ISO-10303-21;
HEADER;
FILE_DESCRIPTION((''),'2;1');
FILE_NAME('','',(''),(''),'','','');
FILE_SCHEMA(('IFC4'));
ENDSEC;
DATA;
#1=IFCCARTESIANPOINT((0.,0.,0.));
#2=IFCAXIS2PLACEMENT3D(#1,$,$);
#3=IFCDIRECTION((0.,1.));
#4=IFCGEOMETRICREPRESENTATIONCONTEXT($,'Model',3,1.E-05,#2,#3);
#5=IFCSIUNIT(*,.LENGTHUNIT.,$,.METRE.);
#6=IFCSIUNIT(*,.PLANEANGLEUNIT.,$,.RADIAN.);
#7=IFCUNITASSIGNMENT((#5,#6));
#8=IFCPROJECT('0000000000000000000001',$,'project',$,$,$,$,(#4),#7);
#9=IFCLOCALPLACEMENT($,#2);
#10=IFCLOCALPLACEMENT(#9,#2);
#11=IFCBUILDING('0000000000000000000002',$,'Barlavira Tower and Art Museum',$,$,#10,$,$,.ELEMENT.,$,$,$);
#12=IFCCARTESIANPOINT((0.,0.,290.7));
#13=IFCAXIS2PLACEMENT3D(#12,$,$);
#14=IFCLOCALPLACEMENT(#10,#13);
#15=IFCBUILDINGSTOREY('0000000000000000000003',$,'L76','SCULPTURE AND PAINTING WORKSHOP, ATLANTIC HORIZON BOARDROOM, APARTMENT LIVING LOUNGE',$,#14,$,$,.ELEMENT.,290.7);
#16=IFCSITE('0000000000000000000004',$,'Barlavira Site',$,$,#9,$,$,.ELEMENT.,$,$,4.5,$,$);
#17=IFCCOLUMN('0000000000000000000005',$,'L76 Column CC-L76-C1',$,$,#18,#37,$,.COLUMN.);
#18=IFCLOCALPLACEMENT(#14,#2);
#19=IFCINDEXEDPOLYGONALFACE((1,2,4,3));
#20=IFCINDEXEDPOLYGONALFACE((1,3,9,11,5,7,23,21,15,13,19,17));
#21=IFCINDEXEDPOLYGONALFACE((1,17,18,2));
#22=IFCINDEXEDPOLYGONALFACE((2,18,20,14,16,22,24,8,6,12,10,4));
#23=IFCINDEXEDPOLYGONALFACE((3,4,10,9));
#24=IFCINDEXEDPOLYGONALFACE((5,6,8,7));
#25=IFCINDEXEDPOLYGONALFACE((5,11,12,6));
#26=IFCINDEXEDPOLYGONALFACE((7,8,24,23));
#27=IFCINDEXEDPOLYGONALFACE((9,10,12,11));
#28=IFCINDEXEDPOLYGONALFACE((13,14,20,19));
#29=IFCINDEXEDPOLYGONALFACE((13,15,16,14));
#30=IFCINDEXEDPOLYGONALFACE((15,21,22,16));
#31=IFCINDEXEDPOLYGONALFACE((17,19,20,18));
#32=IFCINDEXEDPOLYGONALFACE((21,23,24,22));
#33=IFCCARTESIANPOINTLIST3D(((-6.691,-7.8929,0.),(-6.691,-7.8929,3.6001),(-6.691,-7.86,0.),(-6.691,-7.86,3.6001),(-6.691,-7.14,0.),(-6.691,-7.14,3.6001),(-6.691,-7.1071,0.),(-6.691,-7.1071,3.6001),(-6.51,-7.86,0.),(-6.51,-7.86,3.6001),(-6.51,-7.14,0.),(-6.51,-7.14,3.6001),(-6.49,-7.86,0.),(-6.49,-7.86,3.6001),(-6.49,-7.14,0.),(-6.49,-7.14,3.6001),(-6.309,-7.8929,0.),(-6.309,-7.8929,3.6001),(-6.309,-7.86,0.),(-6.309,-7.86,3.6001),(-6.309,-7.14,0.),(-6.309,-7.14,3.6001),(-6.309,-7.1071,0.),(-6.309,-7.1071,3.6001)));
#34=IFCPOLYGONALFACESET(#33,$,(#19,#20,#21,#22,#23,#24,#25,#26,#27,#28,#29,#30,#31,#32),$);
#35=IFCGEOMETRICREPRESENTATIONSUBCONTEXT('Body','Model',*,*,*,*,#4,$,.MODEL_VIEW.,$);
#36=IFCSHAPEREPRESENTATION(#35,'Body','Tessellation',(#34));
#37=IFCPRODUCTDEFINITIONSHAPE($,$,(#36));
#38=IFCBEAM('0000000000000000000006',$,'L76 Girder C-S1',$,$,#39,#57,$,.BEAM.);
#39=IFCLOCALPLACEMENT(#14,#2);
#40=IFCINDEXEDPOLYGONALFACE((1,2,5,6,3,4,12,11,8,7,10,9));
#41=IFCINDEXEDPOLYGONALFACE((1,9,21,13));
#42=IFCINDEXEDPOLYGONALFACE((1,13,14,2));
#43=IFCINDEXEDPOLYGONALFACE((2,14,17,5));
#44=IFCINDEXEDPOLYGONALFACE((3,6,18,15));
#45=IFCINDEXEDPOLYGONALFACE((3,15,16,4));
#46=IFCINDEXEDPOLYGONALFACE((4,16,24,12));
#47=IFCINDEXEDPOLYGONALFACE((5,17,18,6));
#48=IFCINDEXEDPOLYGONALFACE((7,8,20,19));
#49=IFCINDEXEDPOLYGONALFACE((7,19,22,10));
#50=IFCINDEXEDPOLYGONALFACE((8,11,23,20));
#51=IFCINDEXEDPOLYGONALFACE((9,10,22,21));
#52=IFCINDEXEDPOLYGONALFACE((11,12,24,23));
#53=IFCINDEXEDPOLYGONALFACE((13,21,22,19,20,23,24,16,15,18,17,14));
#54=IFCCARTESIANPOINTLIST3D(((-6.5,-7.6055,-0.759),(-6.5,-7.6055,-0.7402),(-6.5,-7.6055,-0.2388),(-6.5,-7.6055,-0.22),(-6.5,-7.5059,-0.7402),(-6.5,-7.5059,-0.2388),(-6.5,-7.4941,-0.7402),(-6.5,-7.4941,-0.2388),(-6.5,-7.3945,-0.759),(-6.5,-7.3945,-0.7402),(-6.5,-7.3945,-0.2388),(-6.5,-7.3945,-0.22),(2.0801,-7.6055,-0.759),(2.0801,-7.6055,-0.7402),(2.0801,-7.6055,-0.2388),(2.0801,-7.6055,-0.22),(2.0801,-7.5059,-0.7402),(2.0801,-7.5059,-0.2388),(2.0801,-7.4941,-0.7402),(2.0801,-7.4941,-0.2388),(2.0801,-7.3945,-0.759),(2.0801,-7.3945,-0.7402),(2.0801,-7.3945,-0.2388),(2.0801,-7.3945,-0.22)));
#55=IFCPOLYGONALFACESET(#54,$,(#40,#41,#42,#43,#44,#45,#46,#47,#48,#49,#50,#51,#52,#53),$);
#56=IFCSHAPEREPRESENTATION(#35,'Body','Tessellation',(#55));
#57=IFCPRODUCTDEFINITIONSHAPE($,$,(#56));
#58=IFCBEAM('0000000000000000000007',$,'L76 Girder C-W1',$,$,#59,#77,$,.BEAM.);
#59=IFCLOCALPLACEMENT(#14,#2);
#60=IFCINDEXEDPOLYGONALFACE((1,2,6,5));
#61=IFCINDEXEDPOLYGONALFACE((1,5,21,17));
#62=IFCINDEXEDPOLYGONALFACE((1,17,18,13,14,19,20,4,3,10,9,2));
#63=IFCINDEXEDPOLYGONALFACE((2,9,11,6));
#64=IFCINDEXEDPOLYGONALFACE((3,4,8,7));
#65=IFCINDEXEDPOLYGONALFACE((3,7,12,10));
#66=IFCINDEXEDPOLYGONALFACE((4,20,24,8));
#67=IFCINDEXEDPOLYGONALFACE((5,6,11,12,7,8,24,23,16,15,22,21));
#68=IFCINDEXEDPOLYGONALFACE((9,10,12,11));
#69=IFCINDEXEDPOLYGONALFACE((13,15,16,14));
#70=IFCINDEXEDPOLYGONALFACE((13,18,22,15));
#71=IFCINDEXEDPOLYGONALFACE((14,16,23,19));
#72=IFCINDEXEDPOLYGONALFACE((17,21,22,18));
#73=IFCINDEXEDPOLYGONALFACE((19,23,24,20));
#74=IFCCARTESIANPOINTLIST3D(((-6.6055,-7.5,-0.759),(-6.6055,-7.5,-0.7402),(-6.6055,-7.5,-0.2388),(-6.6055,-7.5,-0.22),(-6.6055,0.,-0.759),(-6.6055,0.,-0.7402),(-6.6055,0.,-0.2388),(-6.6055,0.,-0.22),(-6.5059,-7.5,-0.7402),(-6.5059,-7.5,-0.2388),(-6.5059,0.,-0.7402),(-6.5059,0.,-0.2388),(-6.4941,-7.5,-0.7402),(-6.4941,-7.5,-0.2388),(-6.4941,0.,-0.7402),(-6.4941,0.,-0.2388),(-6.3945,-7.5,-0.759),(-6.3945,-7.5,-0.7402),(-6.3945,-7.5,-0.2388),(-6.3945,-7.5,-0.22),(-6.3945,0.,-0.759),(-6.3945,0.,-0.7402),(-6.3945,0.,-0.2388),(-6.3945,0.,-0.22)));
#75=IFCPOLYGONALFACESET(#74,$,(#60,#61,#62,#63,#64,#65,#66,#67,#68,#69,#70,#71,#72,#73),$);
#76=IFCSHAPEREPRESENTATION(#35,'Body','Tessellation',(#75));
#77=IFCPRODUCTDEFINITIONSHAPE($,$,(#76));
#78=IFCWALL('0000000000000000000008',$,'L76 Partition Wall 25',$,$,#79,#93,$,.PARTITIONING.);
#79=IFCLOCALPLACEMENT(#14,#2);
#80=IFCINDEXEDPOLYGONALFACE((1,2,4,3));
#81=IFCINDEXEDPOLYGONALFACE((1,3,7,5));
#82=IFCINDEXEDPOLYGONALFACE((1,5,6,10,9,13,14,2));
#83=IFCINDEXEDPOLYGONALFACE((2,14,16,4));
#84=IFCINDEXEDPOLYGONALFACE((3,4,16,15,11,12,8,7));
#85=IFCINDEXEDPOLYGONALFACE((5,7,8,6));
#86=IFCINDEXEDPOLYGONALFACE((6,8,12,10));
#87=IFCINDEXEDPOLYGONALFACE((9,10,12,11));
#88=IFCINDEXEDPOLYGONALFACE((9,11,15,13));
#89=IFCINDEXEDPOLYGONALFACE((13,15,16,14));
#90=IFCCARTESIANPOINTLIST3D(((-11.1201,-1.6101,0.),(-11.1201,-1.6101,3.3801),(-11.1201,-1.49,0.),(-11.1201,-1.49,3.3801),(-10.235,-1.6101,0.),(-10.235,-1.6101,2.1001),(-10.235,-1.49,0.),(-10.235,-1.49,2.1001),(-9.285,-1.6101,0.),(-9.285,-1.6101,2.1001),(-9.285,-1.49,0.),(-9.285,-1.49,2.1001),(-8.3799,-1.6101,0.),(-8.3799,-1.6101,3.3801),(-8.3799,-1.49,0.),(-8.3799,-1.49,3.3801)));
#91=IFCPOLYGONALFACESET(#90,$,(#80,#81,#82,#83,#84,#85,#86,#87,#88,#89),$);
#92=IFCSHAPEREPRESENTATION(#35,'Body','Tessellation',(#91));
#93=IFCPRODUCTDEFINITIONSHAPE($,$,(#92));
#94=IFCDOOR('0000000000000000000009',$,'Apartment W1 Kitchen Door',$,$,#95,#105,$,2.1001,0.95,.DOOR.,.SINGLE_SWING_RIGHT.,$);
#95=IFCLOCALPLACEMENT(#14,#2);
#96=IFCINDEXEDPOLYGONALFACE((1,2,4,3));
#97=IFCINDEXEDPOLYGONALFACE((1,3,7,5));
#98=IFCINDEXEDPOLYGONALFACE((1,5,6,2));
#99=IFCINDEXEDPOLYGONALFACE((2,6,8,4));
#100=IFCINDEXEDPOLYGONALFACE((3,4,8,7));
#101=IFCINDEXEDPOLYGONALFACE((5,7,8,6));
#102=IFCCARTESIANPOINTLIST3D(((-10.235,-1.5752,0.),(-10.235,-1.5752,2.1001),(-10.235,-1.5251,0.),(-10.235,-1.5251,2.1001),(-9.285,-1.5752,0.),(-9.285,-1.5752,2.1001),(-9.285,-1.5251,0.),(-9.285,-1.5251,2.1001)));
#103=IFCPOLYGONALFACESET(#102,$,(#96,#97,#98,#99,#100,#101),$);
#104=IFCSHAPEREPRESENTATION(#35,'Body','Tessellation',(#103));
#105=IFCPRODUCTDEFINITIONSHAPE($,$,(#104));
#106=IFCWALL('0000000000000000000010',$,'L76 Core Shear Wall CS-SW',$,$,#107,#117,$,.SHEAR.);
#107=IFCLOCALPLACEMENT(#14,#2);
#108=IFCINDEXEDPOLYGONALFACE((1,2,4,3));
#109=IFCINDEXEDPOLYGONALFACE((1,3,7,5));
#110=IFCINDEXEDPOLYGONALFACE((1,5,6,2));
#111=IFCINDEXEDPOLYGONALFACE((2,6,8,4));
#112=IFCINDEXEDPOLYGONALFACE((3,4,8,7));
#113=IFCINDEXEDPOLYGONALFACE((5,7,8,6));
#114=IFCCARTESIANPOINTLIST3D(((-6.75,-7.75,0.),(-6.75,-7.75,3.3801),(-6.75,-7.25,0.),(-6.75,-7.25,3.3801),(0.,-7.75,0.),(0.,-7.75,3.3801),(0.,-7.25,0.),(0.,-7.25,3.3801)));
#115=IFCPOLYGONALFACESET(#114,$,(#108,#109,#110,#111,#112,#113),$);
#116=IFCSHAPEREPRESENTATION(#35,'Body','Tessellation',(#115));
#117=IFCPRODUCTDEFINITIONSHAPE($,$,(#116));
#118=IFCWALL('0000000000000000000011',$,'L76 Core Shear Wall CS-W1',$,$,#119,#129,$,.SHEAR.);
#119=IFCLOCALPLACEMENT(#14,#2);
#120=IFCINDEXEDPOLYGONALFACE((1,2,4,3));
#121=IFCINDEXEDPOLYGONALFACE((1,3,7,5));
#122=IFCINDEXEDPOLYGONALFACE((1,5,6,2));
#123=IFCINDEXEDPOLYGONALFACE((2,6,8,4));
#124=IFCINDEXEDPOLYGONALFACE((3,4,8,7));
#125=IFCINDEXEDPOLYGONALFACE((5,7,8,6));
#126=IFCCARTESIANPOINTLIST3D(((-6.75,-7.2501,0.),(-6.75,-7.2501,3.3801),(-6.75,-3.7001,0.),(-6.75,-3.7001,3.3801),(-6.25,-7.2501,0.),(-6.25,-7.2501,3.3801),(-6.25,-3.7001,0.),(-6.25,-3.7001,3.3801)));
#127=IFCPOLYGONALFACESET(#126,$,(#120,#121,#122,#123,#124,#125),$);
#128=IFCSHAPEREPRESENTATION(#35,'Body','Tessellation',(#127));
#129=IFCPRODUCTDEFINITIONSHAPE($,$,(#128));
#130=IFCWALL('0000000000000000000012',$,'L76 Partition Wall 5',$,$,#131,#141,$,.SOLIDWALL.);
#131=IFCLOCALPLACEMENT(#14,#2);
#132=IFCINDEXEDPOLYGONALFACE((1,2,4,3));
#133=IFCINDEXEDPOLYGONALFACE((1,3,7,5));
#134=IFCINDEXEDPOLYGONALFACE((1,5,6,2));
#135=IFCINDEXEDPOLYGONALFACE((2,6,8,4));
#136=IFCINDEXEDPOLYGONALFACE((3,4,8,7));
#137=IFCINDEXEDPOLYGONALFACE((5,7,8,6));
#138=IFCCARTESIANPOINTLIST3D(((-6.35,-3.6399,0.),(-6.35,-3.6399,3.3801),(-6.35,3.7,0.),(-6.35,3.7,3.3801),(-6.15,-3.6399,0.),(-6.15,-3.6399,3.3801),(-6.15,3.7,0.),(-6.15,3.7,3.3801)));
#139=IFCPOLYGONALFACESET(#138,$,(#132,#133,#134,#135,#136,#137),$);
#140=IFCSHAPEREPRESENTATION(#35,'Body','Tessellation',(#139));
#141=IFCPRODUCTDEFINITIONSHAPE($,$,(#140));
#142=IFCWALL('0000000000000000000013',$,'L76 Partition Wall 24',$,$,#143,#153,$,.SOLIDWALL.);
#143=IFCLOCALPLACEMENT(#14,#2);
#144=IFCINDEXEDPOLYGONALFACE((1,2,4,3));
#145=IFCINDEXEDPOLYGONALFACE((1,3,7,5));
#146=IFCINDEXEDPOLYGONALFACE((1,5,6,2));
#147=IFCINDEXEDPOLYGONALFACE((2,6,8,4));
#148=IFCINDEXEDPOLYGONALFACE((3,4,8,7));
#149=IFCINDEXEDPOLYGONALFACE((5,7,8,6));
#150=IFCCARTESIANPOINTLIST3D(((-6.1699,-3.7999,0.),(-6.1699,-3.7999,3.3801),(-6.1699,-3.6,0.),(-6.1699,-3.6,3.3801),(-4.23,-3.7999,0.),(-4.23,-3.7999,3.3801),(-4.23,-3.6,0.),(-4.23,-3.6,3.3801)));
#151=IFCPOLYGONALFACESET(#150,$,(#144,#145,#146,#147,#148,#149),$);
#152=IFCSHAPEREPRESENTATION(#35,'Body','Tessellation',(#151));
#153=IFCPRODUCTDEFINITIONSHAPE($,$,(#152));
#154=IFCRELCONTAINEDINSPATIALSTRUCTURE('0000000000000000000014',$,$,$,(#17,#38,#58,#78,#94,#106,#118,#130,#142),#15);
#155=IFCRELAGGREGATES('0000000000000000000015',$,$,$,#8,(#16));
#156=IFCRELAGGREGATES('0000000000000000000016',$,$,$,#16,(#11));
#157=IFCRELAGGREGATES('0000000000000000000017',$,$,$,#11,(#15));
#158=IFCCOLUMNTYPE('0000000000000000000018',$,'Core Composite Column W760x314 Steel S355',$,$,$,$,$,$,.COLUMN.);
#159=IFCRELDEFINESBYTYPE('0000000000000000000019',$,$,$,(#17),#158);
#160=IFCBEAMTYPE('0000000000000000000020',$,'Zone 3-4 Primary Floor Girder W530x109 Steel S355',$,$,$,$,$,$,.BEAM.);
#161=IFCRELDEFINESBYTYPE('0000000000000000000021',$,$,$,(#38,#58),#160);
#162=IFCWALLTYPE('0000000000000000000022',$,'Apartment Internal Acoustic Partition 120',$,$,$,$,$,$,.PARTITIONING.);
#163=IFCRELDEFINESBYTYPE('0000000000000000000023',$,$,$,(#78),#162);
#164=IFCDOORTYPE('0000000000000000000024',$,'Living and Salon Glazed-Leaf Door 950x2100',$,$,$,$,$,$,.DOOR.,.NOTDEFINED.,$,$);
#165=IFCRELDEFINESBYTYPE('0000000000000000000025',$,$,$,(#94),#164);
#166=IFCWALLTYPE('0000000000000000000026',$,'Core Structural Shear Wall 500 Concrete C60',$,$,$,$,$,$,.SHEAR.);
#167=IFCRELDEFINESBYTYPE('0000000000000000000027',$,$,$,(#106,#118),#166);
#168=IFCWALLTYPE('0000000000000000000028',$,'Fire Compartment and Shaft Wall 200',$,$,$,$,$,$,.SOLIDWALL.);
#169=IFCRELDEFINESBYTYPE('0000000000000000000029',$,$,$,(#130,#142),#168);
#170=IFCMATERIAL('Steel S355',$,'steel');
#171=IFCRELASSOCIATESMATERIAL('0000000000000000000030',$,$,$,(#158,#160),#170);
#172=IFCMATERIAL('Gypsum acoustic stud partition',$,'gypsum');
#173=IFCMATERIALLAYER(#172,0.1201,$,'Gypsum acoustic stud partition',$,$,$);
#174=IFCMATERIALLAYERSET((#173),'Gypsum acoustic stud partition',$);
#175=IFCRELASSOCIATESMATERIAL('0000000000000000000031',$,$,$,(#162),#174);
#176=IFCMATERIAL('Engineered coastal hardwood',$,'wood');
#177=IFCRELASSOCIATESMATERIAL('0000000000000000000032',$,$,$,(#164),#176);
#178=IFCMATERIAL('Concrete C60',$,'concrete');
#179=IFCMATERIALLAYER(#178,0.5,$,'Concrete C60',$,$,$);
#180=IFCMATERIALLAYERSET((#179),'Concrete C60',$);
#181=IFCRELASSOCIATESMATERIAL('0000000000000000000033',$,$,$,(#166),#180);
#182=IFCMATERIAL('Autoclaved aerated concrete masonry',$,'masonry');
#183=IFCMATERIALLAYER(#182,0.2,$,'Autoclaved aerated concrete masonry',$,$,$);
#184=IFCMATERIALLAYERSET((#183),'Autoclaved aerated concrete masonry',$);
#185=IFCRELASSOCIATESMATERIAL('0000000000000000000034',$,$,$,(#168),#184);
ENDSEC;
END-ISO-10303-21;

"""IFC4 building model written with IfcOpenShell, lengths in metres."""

from ifc_helpers import new_model, si_unit, direction, frame, frame_2d, origin, origin_2d, place, context, subcontext, project, spatial, rectangle, i_section, extrude, material, layer, layer_set, material_profile, profile_set, type_object, element, fill, save


model = new_model("IFC4")

# Units and contexts
model_context = context("Model", 3, precision=1e-05, world=origin(), true_north=direction((0.0, 1.0)))
body_context = subcontext(model_context, "Body", "Model", "MODEL_VIEW")
ifc_project = project(units=[si_unit("LENGTHUNIT", "METRE"), si_unit("PLANEANGLEUNIT", "RADIAN")], contexts=[model_context])

# Site, building, storey
site_placement = place(None, origin())
site = spatial("IfcSite", under=ifc_project, at=site_placement, Name="Barlavira Site", CompositionType="ELEMENT", RefElevation=4.5)
building_placement = place(site_placement, origin())
building = spatial("IfcBuilding", under=site, at=building_placement, Name="Barlavira Tower and Art Museum", CompositionType="ELEMENT")
storey_placement = place(building_placement, frame((0.0, 0.0, 290.7)))
storey = spatial("IfcBuildingStorey", under=building, at=storey_placement, Name="L76", Description="SCULPTURE AND PAINTING WORKSHOP, ATLANTIC HORIZON BOARDROOM, APARTMENT LIVING LOUNGE", CompositionType="ELEMENT", Elevation=290.7)

# Column
ifc_material_1 = material(Name="Steel S355", Category="steel")
ifc_material_profile_1 = material_profile(ifc_material_1, i_section(OverallWidth=0.3821, OverallDepth=0.7859, WebThickness=0.02, FlangeThickness=0.033, at=origin_2d()), Name="W760x314.0")
ifc_profile_set_1 = profile_set([ifc_material_profile_1], Name="Steel S355")
column_type = type_object("IfcColumnType", Name="Core Composite Column W760x314 Steel S355", PredefinedType="COLUMN", material=ifc_profile_set_1)
column_placement = place(storey_placement, frame((-6.5, -7.5, 0.0), z_axis=(0.0, 0.0, 1.0), x_axis=(1.0, 0.0, 0.0)))
element("IfcColumn", 1, at=column_placement, inside=storey, type_object=column_type, Name="L76 Column CC-L76-C1", PredefinedType="COLUMN", context=body_context, shape_type="SweptSolid", body=[
    extrude(i_section(OverallWidth=0.3821, OverallDepth=0.7859, WebThickness=0.02, FlangeThickness=0.033, at=origin_2d()), origin(), (0.0, 0.0, 1.0), 3.6001),
])

# Beams
ifc_material_profile_2 = material_profile(ifc_material_1, i_section(OverallWidth=0.2109, OverallDepth=0.5391, WebThickness=0.0117, FlangeThickness=0.0188, at=origin_2d()), Name="W530x109.0")
ifc_profile_set_2 = profile_set([ifc_material_profile_2], Name="Steel S355")
beam_type = type_object("IfcBeamType", Name="Zone 3-4 Primary Floor Girder W530x109 Steel S355", PredefinedType="BEAM", material=ifc_profile_set_2)
beam_1_placement = place(storey_placement, frame((-6.5, -7.5, -0.4895), z_axis=(1.0, 0.0, 0.0), x_axis=(0.0, 1.0, 0.0)))
element("IfcBeam", 2, at=beam_1_placement, inside=storey, type_object=beam_type, Name="L76 Girder C-S1", PredefinedType="BEAM", context=body_context, shape_type="SweptSolid", body=[
    extrude(i_section(OverallWidth=0.2109, OverallDepth=0.5391, WebThickness=0.0117, FlangeThickness=0.0188, at=origin_2d()), origin(), (0.0, 0.0, 1.0), 8.5801),
])
beam_2_placement = place(storey_placement, frame((-6.5, -7.5, -0.4895), z_axis=(0.0, 1.0, 0.0), x_axis=(-1.0, 0.0, 0.0)))
element("IfcBeam", 3, at=beam_2_placement, inside=storey, type_object=beam_type, Name="L76 Girder C-W1", PredefinedType="BEAM", context=body_context, shape_type="SweptSolid", body=[
    extrude(i_section(OverallWidth=0.2109, OverallDepth=0.5391, WebThickness=0.0117, FlangeThickness=0.0188, at=origin_2d()), origin(), (0.0, 0.0, 1.0), 7.5),
])

# Wall, opening, door
ifc_material_2 = material(Name="Gypsum acoustic stud partition", Category="gypsum")
ifc_layer_1 = layer(ifc_material_2, 0.1201, Name="Gypsum acoustic stud partition")
ifc_layer_set_1 = layer_set([ifc_layer_1], Name="Gypsum acoustic stud partition")
wall_type_1 = type_object("IfcWallType", Name="Apartment Internal Acoustic Partition 120", PredefinedType="PARTITIONING", material=ifc_layer_set_1)
wall_1_placement = place(storey_placement, frame((-11.1201, -1.55, 0.0), z_axis=(0.0, 0.0, 1.0), x_axis=(1.0, 0.0, 0.0)))
wall_1 = element("IfcWall", 4, at=wall_1_placement, inside=storey, type_object=wall_type_1, Name="L76 Partition Wall 25", PredefinedType="PARTITIONING", context=body_context, shape_type="SweptSolid", body=[
    extrude(rectangle(XDim=2.7402, YDim=0.1201, at=frame_2d((1.3701, 0.0))), origin(), (0.0, 0.0, 1.0), 3.3801),
])
opening_1_placement = place(wall_1_placement, frame((0.885, 0.0, 0.0)))
opening_1 = element("IfcOpeningElement", 5, at=opening_1_placement, cuts=wall_1, PredefinedType="OPENING", context=body_context, shape_type="SweptSolid", body=[
    extrude(rectangle(XDim=0.95, YDim=2.1001, at=frame_2d((0.4751, 1.05))), frame((0.0, 0.0701, 0.0), z_axis=(0.0, -1.0, 0.0), x_axis=(1.0, 0.0, 0.0)), (0.0, 0.0, 1.0), 0.1401),
])
ifc_material_3 = material(Name="Engineered coastal hardwood", Category="wood")
door_type_1 = type_object("IfcDoorType", Name="Living and Salon Glazed-Leaf Door 950x2100", OperationType="NOTDEFINED", PredefinedType="DOOR", material=ifc_material_3)
door_1_placement = place(opening_1_placement, origin())
door_1 = element("IfcDoor", 6, at=door_1_placement, inside=storey, type_object=door_type_1, Name="Apartment W1 Kitchen Door", OperationType="SINGLE_SWING_RIGHT", OverallHeight=2.1001, OverallWidth=0.95, PredefinedType="DOOR", context=body_context, shape_type="SweptSolid", body=[
    extrude(rectangle(XDim=0.95, YDim=2.1001, at=frame_2d((0.4751, 1.05))), frame((0.0, 0.0249, 0.0), z_axis=(0.0, -1.0, 0.0), x_axis=(1.0, 0.0, 0.0)), (0.0, 0.0, 1.0), 0.05),
])
fill(opening_1, door_1)

# Walls
ifc_material_4 = material(Name="Concrete C60", Category="concrete")
ifc_layer_2 = layer(ifc_material_4, 0.5, Name="Concrete C60")
ifc_layer_set_2 = layer_set([ifc_layer_2], Name="Concrete C60")
wall_type_2 = type_object("IfcWallType", Name="Core Structural Shear Wall 500 Concrete C60", PredefinedType="SHEAR", material=ifc_layer_set_2)
wall_2_placement = place(storey_placement, frame((-6.75, -7.5, 0.0), z_axis=(0.0, 0.0, 1.0), x_axis=(1.0, 0.0, 0.0)))
element("IfcWall", 7, at=wall_2_placement, inside=storey, type_object=wall_type_2, Name="L76 Core Shear Wall CS-SW", PredefinedType="SHEAR", context=body_context, shape_type="SweptSolid", body=[
    extrude(rectangle(XDim=6.75, YDim=0.5, at=frame_2d((3.375, 0.0))), origin(), (0.0, 0.0, 1.0), 3.3801),
])
wall_3_placement = place(storey_placement, frame((-6.5, -7.25, 0.0), z_axis=(0.0, 0.0, 1.0), x_axis=(0.0, 1.0, 0.0)))
element("IfcWall", 8, at=wall_3_placement, inside=storey, type_object=wall_type_2, Name="L76 Core Shear Wall CS-W1", PredefinedType="SHEAR", context=body_context, shape_type="SweptSolid", body=[
    extrude(rectangle(XDim=3.55, YDim=0.5, at=frame_2d((1.7749, 0.0))), origin(), (0.0, 0.0, 1.0), 3.3801),
])
ifc_material_5 = material(Name="Autoclaved aerated concrete masonry", Category="masonry")
ifc_layer_3 = layer(ifc_material_5, 0.2, Name="Autoclaved aerated concrete masonry")
ifc_layer_set_3 = layer_set([ifc_layer_3], Name="Autoclaved aerated concrete masonry")
wall_type_3 = type_object("IfcWallType", Name="Fire Compartment and Shaft Wall 200", PredefinedType="SOLIDWALL", material=ifc_layer_set_3)
wall_4_placement = place(storey_placement, frame((-6.25, -3.6399, 0.0), z_axis=(0.0, 0.0, 1.0), x_axis=(0.0, 1.0, 0.0)))
element("IfcWall", 9, at=wall_4_placement, inside=storey, type_object=wall_type_3, Name="L76 Partition Wall 5", PredefinedType="SOLIDWALL", context=body_context, shape_type="SweptSolid", body=[
    extrude(rectangle(XDim=7.3398, YDim=0.2, at=frame_2d((3.6699, 0.0))), origin(), (0.0, 0.0, 1.0), 3.3801),
])

# Wall
wall_5_placement = place(storey_placement, frame((-6.1699, -3.7, 0.0), z_axis=(0.0, 0.0, 1.0), x_axis=(1.0, 0.0, 0.0)))
element("IfcWall", 10, at=wall_5_placement, inside=storey, type_object=wall_type_3, Name="L76 Partition Wall 24", PredefinedType="SOLIDWALL", context=body_context, shape_type="SweptSolid", body=[
    extrude(rectangle(XDim=1.9399, YDim=0.2, at=frame_2d((0.97, 0.0))), origin(), (0.0, 0.0, 1.0), 3.3801),
])

save(model, "model.ifc")
